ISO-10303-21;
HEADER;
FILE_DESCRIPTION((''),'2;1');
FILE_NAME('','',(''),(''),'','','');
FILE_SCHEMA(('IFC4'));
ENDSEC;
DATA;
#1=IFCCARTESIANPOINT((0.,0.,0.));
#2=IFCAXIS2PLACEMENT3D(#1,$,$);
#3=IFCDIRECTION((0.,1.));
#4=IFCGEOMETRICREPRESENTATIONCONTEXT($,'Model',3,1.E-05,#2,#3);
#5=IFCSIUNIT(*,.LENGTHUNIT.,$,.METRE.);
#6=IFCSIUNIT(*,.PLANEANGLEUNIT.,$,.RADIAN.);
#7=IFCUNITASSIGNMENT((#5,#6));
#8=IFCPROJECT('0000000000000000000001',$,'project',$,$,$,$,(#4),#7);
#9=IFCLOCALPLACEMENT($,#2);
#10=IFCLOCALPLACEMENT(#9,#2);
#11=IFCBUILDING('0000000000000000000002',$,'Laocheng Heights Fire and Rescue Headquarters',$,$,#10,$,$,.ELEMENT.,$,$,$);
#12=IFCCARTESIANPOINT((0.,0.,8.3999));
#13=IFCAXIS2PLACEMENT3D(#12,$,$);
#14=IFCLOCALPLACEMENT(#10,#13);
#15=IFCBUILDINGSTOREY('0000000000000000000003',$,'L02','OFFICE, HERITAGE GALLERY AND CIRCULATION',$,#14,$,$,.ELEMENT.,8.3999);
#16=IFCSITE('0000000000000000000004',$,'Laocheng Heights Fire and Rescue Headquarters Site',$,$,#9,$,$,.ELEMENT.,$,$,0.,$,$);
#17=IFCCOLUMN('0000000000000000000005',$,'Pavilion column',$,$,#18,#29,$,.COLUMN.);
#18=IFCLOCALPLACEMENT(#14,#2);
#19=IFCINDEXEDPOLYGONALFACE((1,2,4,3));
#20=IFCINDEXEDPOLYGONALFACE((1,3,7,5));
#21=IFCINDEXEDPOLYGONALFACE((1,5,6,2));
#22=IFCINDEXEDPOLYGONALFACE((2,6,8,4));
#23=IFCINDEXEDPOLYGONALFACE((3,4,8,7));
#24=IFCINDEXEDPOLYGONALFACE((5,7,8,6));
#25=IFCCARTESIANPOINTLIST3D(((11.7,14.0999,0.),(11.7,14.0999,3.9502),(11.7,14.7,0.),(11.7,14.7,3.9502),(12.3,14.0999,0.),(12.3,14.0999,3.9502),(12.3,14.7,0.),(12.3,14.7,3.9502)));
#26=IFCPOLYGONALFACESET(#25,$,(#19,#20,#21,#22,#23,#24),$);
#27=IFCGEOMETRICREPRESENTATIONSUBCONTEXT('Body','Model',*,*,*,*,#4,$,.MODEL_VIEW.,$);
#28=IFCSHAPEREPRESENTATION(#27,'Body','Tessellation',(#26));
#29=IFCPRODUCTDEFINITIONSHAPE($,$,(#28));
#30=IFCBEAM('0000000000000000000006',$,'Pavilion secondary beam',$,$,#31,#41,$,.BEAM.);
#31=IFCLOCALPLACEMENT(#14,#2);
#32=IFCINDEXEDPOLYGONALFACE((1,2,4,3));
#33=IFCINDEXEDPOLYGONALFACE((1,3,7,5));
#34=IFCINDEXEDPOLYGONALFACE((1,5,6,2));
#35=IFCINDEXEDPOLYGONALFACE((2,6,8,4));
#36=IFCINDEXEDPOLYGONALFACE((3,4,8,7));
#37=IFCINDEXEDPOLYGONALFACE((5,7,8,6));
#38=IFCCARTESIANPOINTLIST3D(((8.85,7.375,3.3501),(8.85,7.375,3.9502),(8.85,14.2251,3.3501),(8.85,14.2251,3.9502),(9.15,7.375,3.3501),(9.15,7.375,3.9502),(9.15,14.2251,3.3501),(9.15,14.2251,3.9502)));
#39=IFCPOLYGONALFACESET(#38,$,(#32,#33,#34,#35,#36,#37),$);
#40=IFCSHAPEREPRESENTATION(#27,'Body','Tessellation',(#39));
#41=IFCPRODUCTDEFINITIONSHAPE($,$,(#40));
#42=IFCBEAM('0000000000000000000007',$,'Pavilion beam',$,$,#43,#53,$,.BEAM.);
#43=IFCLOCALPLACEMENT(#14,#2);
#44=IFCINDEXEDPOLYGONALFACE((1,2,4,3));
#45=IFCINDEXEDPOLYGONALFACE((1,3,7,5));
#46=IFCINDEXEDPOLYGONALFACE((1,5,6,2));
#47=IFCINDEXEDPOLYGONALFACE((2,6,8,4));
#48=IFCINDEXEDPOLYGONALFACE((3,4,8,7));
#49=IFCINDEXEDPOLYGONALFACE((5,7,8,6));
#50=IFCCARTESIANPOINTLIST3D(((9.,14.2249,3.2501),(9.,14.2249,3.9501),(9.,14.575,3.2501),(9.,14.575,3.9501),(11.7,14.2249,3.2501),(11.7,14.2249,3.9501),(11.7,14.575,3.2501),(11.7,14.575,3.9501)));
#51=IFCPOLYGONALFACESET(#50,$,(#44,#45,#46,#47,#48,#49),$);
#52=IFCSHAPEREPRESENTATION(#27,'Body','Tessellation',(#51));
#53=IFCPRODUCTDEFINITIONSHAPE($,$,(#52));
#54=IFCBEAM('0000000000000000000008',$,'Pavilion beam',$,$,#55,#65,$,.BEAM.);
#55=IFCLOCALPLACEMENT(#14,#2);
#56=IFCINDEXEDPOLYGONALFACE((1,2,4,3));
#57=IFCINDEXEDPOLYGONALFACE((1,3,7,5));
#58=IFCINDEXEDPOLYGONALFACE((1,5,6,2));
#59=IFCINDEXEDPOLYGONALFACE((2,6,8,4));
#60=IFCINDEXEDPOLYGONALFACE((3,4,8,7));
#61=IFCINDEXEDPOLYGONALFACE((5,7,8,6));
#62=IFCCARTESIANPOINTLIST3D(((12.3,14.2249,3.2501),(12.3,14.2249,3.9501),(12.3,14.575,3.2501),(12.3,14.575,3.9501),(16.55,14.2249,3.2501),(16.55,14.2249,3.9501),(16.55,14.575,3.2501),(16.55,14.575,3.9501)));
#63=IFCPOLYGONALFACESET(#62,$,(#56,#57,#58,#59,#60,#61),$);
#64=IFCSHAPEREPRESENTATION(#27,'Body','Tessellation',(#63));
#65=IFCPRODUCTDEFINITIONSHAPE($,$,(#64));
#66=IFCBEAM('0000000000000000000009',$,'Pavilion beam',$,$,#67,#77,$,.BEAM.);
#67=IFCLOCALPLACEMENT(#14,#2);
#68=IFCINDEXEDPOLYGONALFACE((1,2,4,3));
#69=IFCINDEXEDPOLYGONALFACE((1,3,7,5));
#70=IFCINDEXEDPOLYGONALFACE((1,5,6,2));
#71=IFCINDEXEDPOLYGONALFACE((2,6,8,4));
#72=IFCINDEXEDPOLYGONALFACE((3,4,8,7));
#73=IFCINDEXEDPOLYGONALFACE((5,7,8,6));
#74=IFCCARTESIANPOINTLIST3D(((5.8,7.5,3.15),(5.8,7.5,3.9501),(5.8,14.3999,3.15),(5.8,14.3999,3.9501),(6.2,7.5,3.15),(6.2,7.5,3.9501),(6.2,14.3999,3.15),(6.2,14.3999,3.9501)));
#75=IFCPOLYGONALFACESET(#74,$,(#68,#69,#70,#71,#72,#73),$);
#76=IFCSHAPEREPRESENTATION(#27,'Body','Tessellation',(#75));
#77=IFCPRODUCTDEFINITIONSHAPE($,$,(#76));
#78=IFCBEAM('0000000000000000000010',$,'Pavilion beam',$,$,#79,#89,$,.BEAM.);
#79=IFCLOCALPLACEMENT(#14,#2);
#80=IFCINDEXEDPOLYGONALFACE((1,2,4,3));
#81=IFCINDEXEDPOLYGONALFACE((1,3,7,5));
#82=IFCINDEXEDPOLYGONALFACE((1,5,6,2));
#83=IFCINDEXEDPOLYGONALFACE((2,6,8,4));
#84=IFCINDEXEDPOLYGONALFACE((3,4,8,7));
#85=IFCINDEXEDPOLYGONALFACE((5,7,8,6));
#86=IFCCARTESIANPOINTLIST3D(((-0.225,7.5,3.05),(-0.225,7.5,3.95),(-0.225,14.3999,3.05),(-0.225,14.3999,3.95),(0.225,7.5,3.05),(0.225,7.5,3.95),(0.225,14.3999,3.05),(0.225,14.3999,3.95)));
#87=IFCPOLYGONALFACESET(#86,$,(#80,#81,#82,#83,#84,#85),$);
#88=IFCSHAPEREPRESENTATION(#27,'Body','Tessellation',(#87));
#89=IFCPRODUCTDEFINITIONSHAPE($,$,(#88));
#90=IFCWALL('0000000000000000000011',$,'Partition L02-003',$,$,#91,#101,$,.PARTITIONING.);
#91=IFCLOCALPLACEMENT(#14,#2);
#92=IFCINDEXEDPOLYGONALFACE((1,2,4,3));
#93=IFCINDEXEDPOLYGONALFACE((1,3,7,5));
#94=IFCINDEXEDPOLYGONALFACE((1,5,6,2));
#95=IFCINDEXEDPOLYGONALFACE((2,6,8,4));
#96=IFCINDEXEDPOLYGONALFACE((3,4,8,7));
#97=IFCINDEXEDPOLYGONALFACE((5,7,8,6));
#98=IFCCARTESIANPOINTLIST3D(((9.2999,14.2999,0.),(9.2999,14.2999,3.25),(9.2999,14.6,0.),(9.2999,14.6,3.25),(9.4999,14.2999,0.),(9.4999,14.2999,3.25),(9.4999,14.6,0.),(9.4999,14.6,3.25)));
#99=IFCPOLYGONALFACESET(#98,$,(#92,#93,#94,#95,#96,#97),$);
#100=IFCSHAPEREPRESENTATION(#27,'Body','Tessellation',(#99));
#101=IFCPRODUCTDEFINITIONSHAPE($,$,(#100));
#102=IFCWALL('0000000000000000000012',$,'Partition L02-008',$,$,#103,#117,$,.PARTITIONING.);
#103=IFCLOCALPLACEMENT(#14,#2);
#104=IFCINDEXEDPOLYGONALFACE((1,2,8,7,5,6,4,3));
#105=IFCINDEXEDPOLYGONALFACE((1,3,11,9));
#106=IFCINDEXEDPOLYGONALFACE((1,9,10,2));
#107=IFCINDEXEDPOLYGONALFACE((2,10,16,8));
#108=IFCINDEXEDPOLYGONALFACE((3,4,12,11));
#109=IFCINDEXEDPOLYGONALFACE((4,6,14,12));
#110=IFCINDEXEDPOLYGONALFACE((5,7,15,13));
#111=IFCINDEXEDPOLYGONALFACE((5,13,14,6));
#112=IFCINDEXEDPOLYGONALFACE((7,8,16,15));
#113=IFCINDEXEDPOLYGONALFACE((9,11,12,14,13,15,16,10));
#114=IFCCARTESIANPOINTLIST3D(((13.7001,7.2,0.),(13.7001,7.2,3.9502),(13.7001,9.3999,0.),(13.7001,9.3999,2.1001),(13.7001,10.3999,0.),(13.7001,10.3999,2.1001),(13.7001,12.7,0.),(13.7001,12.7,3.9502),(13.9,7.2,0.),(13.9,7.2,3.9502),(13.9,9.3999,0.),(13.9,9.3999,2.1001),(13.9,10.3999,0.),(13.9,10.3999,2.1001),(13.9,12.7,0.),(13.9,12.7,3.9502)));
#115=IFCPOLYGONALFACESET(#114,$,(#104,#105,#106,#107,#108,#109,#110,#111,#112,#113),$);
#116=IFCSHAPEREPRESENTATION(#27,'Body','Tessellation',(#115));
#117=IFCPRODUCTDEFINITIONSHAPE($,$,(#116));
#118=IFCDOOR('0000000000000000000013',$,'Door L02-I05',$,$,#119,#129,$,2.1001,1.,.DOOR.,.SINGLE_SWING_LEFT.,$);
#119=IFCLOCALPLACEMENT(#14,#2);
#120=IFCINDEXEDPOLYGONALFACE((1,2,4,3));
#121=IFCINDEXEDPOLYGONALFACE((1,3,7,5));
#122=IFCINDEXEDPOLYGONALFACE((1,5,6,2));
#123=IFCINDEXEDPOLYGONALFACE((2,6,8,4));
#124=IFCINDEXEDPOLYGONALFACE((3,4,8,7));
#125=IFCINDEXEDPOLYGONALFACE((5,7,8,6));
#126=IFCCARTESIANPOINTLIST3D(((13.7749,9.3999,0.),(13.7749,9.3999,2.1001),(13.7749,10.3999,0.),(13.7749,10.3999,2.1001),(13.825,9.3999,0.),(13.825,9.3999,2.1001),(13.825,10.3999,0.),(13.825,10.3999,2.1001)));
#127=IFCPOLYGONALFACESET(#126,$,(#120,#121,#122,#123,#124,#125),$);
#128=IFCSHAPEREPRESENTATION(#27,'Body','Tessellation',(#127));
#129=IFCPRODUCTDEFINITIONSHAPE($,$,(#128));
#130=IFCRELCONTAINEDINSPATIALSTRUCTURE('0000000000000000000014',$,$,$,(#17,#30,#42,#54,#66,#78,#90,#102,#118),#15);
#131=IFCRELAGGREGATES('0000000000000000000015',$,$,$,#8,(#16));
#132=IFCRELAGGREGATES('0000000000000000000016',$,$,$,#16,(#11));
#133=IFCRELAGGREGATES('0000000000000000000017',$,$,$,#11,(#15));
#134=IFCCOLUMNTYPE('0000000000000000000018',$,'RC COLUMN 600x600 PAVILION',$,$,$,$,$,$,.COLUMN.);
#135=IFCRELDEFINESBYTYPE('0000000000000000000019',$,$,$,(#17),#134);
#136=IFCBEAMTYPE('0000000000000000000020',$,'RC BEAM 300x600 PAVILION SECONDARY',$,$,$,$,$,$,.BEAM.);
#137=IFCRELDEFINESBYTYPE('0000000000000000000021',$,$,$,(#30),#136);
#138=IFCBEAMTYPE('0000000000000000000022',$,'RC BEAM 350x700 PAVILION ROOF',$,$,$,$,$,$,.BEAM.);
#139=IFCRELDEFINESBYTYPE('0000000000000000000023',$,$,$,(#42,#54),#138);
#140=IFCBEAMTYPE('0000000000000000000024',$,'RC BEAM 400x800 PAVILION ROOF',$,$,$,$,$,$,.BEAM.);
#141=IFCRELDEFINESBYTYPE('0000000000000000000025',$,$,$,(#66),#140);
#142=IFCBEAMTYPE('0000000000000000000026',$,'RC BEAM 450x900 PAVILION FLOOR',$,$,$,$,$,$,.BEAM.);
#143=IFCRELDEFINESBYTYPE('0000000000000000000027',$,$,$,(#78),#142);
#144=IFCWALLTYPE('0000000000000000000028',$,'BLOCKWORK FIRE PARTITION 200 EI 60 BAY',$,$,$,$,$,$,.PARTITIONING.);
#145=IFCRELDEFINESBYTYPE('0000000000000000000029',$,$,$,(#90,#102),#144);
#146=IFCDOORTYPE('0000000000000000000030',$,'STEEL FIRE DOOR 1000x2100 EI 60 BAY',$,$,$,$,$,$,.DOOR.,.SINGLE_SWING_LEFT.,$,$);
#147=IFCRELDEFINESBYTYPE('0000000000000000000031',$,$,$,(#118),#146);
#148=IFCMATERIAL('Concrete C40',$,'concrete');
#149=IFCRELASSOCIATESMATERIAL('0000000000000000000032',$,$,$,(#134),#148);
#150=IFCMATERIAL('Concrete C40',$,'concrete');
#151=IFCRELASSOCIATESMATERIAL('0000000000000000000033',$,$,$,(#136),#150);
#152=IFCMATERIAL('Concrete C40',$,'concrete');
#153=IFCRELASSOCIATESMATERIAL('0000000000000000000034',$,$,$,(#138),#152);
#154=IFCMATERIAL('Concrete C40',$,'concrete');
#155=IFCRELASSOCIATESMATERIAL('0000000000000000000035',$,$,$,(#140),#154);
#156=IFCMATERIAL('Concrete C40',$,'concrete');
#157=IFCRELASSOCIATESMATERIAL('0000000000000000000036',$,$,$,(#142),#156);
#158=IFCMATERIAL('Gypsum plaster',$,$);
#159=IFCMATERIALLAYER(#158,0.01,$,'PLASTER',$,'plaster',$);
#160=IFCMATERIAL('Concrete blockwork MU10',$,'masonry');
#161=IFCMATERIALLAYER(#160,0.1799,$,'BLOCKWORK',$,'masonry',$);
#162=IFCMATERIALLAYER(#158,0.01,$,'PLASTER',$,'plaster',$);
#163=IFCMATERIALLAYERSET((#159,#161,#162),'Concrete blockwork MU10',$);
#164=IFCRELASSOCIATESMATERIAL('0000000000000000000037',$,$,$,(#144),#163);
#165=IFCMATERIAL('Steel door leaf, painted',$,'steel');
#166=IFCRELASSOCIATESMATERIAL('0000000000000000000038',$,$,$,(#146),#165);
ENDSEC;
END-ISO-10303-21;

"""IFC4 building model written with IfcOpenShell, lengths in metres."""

from ifc_helpers import new_model, si_unit, direction, frame, frame_2d, origin, origin_2d, place, context, subcontext, project, spatial, rectangle, extrude, material, layer, layer_set, material_profile, profile_set, type_object, element, fill, save


model = new_model("IFC4")

# Units and contexts
model_context = context("Model", 3, precision=1e-05, world=origin(), true_north=direction((0.0, 1.0)))
body_context = subcontext(model_context, "Body", "Model", "MODEL_VIEW")
ifc_project = project(units=[si_unit("LENGTHUNIT", "METRE"), si_unit("PLANEANGLEUNIT", "RADIAN")], contexts=[model_context])

# Site, building, storey
site_placement = place(None, origin())
site = spatial("IfcSite", under=ifc_project, at=site_placement, Name="Laocheng Heights Fire and Rescue Headquarters Site", CompositionType="ELEMENT", RefElevation=0.0)
building_placement = place(site_placement, origin())
building = spatial("IfcBuilding", under=site, at=building_placement, Name="Laocheng Heights Fire and Rescue Headquarters", CompositionType="ELEMENT")
storey_placement = place(building_placement, frame((0.0, 0.0, 8.3999)))
storey = spatial("IfcBuildingStorey", under=building, at=storey_placement, Name="L02", Description="OFFICE, HERITAGE GALLERY AND CIRCULATION", CompositionType="ELEMENT", Elevation=8.3999)

# Column
ifc_material_1 = material(Name="Concrete C40", Category="concrete")
ifc_material_profile_1 = material_profile(ifc_material_1, rectangle(XDim=0.6001, YDim=0.6001, at=origin_2d()), Name="RC COLUMN 600x600 PAVILION")
ifc_profile_set_1 = profile_set([ifc_material_profile_1], Name="Concrete C40")
column_type = type_object("IfcColumnType", Name="RC COLUMN 600x600 PAVILION", PredefinedType="COLUMN", material=ifc_profile_set_1)
column_placement = place(storey_placement, frame((12.0, 14.3999, 0.0), z_axis=(0.0, 0.0, 1.0), x_axis=(1.0, 0.0, 0.0)))
element("IfcColumn", 1, at=column_placement, inside=storey, type_object=column_type, Name="Pavilion column", PredefinedType="COLUMN", context=body_context, shape_type="SweptSolid", body=[
    extrude(rectangle(XDim=0.6001, YDim=0.6001, at=origin_2d()), origin(), (0.0, 0.0, 1.0), 3.9502),
])

# Beams
ifc_material_2 = material(Name="Concrete C40", Category="concrete")
ifc_material_profile_2 = material_profile(ifc_material_2, rectangle(XDim=0.3, YDim=0.6001, at=origin_2d()), Name="RC BEAM 300x600 PAVILION SECONDARY")
ifc_profile_set_2 = profile_set([ifc_material_profile_2], Name="Concrete C40")
beam_type_1 = type_object("IfcBeamType", Name="RC BEAM 300x600 PAVILION SECONDARY", PredefinedType="BEAM", material=ifc_profile_set_2)
beam_1_placement = place(storey_placement, frame((9.0, 7.375, 3.6501), z_axis=(0.0, 1.0, 0.0), x_axis=(-1.0, 0.0, 0.0)))
element("IfcBeam", 2, at=beam_1_placement, inside=storey, type_object=beam_type_1, Name="Pavilion secondary beam", PredefinedType="BEAM", context=body_context, shape_type="SweptSolid", body=[
    extrude(rectangle(XDim=0.3, YDim=0.6001, at=origin_2d()), origin(), (0.0, 0.0, 1.0), 6.8501),
])
ifc_material_3 = material(Name="Concrete C40", Category="concrete")
ifc_material_profile_3 = material_profile(ifc_material_3, rectangle(XDim=0.3501, YDim=0.7, at=origin_2d()), Name="RC BEAM 350x700 PAVILION ROOF")
ifc_profile_set_3 = profile_set([ifc_material_profile_3], Name="Concrete C40")
beam_type_2 = type_object("IfcBeamType", Name="RC BEAM 350x700 PAVILION ROOF", PredefinedType="BEAM", material=ifc_profile_set_3)
beam_2_placement = place(storey_placement, frame((9.0, 14.3999, 3.6001), z_axis=(1.0, 0.0, 0.0), x_axis=(0.0, 1.0, 0.0)))
element("IfcBeam", 3, at=beam_2_placement, inside=storey, type_object=beam_type_2, Name="Pavilion beam", PredefinedType="BEAM", context=body_context, shape_type="SweptSolid", body=[
    extrude(rectangle(XDim=0.3501, YDim=0.7, at=origin_2d()), origin(), (0.0, 0.0, 1.0), 2.7),
])
beam_3_placement = place(storey_placement, frame((12.3, 14.3999, 3.6001), z_axis=(1.0, 0.0, 0.0), x_axis=(0.0, 1.0, 0.0)))
element("IfcBeam", 4, at=beam_3_placement, inside=storey, type_object=beam_type_2, Name="Pavilion beam", PredefinedType="BEAM", context=body_context, shape_type="SweptSolid", body=[
    extrude(rectangle(XDim=0.3501, YDim=0.7, at=origin_2d()), origin(), (0.0, 0.0, 1.0), 4.25),
])
ifc_material_4 = material(Name="Concrete C40", Category="concrete")
ifc_material_profile_4 = material_profile(ifc_material_4, rectangle(XDim=0.3999, YDim=0.8, at=origin_2d()), Name="RC BEAM 400x800 PAVILION ROOF")
ifc_profile_set_4 = profile_set([ifc_material_profile_4], Name="Concrete C40")
beam_type_3 = type_object("IfcBeamType", Name="RC BEAM 400x800 PAVILION ROOF", PredefinedType="BEAM", material=ifc_profile_set_4)
beam_4_placement = place(storey_placement, frame((6.0, 7.5, 3.55), z_axis=(0.0, 1.0, 0.0), x_axis=(-1.0, 0.0, 0.0)))
element("IfcBeam", 5, at=beam_4_placement, inside=storey, type_object=beam_type_3, Name="Pavilion beam", PredefinedType="BEAM", context=body_context, shape_type="SweptSolid", body=[
    extrude(rectangle(XDim=0.3999, YDim=0.8, at=origin_2d()), origin(), (0.0, 0.0, 1.0), 6.8999),
])
ifc_material_5 = material(Name="Concrete C40", Category="concrete")
ifc_material_profile_5 = material_profile(ifc_material_5, rectangle(XDim=0.45, YDim=0.8999, at=origin_2d()), Name="RC BEAM 450x900 PAVILION FLOOR")
ifc_profile_set_5 = profile_set([ifc_material_profile_5], Name="Concrete C40")
beam_type_4 = type_object("IfcBeamType", Name="RC BEAM 450x900 PAVILION FLOOR", PredefinedType="BEAM", material=ifc_profile_set_5)
beam_5_placement = place(storey_placement, frame((0.0, 7.5, 3.5), z_axis=(0.0, 1.0, 0.0), x_axis=(-1.0, 0.0, 0.0)))
element("IfcBeam", 6, at=beam_5_placement, inside=storey, type_object=beam_type_4, Name="Pavilion beam", PredefinedType="BEAM", context=body_context, shape_type="SweptSolid", body=[
    extrude(rectangle(XDim=0.45, YDim=0.8999, at=origin_2d()), origin(), (0.0, 0.0, 1.0), 6.8999),
])

# Wall
ifc_material_6 = material(Name="Gypsum plaster")
ifc_layer_1 = layer(ifc_material_6, 0.01, Name="PLASTER", Category="plaster")
ifc_material_7 = material(Name="Concrete blockwork MU10", Category="masonry")
ifc_layer_2 = layer(ifc_material_7, 0.1799, Name="BLOCKWORK", Category="masonry")
ifc_layer_3 = layer(ifc_material_6, 0.01, Name="PLASTER", Category="plaster")
ifc_layer_set_1 = layer_set([ifc_layer_1, ifc_layer_2, ifc_layer_3], Name="Concrete blockwork MU10")
wall_type_1 = type_object("IfcWallType", Name="BLOCKWORK FIRE PARTITION 200 EI 60 BAY", PredefinedType="PARTITIONING", material=ifc_layer_set_1)
wall_1_placement = place(storey_placement, frame((9.3999, 14.3, 0.0), z_axis=(0.0, 0.0, 1.0), x_axis=(0.0, 1.0, 0.0)))
element("IfcWall", 7, at=wall_1_placement, inside=storey, type_object=wall_type_1, Name="Partition L02-003", PredefinedType="PARTITIONING", context=body_context, shape_type="SweptSolid", body=[
    extrude(rectangle(XDim=0.3, YDim=0.2, at=frame_2d((0.1499, 0.0))), origin(), (0.0, 0.0, 1.0), 3.25),
])

# Wall, opening, door
wall_2_placement = place(storey_placement, frame((13.8, 7.2, 0.0), z_axis=(0.0, 0.0, 1.0), x_axis=(0.0, 1.0, 0.0)))
wall_2 = element("IfcWall", 8, at=wall_2_placement, inside=storey, type_object=wall_type_1, Name="Partition L02-008", PredefinedType="PARTITIONING", context=body_context, shape_type="SweptSolid", body=[
    extrude(rectangle(XDim=5.5, YDim=0.2, at=frame_2d((2.75, 0.0))), origin(), (0.0, 0.0, 1.0), 3.9502),
])
opening_1_placement = place(wall_2_placement, frame((2.2, 0.0, 0.0)))
opening_1 = element("IfcOpeningElement", 9, at=opening_1_placement, cuts=wall_2, PredefinedType="OPENING", context=body_context, shape_type="SweptSolid", body=[
    extrude(rectangle(XDim=1.0, YDim=2.1001, at=frame_2d((0.5, 1.05))), frame((0.0, 0.1099, 0.0), z_axis=(0.0, -1.0, 0.0), x_axis=(1.0, 0.0, 0.0)), (0.0, 0.0, 1.0), 0.22),
])
ifc_material_8 = material(Name="Steel door leaf, painted", Category="steel")
door_type_1 = type_object("IfcDoorType", Name="STEEL FIRE DOOR 1000x2100 EI 60 BAY", OperationType="SINGLE_SWING_LEFT", PredefinedType="DOOR", material=ifc_material_8)
door_1_placement = place(opening_1_placement, frame((1.0, 0.0, 0.0), z_axis=(0.0, 0.0, 1.0), x_axis=(-1.0, 0.0, 0.0)))
door_1 = element("IfcDoor", 10, at=door_1_placement, inside=storey, type_object=door_type_1, Name="Door L02-I05", OperationType="SINGLE_SWING_LEFT", OverallHeight=2.1001, OverallWidth=1.0, PredefinedType="DOOR", context=body_context, shape_type="SweptSolid", body=[
    extrude(rectangle(XDim=1.0, YDim=2.1001, at=frame_2d((0.5, 1.05))), frame((0.0, 0.0249, 0.0), z_axis=(0.0, -1.0, 0.0), x_axis=(1.0, 0.0, 0.0)), (0.0, 0.0, 1.0), 0.05),
])
fill(opening_1, door_1)

save(model, "model.ifc")
